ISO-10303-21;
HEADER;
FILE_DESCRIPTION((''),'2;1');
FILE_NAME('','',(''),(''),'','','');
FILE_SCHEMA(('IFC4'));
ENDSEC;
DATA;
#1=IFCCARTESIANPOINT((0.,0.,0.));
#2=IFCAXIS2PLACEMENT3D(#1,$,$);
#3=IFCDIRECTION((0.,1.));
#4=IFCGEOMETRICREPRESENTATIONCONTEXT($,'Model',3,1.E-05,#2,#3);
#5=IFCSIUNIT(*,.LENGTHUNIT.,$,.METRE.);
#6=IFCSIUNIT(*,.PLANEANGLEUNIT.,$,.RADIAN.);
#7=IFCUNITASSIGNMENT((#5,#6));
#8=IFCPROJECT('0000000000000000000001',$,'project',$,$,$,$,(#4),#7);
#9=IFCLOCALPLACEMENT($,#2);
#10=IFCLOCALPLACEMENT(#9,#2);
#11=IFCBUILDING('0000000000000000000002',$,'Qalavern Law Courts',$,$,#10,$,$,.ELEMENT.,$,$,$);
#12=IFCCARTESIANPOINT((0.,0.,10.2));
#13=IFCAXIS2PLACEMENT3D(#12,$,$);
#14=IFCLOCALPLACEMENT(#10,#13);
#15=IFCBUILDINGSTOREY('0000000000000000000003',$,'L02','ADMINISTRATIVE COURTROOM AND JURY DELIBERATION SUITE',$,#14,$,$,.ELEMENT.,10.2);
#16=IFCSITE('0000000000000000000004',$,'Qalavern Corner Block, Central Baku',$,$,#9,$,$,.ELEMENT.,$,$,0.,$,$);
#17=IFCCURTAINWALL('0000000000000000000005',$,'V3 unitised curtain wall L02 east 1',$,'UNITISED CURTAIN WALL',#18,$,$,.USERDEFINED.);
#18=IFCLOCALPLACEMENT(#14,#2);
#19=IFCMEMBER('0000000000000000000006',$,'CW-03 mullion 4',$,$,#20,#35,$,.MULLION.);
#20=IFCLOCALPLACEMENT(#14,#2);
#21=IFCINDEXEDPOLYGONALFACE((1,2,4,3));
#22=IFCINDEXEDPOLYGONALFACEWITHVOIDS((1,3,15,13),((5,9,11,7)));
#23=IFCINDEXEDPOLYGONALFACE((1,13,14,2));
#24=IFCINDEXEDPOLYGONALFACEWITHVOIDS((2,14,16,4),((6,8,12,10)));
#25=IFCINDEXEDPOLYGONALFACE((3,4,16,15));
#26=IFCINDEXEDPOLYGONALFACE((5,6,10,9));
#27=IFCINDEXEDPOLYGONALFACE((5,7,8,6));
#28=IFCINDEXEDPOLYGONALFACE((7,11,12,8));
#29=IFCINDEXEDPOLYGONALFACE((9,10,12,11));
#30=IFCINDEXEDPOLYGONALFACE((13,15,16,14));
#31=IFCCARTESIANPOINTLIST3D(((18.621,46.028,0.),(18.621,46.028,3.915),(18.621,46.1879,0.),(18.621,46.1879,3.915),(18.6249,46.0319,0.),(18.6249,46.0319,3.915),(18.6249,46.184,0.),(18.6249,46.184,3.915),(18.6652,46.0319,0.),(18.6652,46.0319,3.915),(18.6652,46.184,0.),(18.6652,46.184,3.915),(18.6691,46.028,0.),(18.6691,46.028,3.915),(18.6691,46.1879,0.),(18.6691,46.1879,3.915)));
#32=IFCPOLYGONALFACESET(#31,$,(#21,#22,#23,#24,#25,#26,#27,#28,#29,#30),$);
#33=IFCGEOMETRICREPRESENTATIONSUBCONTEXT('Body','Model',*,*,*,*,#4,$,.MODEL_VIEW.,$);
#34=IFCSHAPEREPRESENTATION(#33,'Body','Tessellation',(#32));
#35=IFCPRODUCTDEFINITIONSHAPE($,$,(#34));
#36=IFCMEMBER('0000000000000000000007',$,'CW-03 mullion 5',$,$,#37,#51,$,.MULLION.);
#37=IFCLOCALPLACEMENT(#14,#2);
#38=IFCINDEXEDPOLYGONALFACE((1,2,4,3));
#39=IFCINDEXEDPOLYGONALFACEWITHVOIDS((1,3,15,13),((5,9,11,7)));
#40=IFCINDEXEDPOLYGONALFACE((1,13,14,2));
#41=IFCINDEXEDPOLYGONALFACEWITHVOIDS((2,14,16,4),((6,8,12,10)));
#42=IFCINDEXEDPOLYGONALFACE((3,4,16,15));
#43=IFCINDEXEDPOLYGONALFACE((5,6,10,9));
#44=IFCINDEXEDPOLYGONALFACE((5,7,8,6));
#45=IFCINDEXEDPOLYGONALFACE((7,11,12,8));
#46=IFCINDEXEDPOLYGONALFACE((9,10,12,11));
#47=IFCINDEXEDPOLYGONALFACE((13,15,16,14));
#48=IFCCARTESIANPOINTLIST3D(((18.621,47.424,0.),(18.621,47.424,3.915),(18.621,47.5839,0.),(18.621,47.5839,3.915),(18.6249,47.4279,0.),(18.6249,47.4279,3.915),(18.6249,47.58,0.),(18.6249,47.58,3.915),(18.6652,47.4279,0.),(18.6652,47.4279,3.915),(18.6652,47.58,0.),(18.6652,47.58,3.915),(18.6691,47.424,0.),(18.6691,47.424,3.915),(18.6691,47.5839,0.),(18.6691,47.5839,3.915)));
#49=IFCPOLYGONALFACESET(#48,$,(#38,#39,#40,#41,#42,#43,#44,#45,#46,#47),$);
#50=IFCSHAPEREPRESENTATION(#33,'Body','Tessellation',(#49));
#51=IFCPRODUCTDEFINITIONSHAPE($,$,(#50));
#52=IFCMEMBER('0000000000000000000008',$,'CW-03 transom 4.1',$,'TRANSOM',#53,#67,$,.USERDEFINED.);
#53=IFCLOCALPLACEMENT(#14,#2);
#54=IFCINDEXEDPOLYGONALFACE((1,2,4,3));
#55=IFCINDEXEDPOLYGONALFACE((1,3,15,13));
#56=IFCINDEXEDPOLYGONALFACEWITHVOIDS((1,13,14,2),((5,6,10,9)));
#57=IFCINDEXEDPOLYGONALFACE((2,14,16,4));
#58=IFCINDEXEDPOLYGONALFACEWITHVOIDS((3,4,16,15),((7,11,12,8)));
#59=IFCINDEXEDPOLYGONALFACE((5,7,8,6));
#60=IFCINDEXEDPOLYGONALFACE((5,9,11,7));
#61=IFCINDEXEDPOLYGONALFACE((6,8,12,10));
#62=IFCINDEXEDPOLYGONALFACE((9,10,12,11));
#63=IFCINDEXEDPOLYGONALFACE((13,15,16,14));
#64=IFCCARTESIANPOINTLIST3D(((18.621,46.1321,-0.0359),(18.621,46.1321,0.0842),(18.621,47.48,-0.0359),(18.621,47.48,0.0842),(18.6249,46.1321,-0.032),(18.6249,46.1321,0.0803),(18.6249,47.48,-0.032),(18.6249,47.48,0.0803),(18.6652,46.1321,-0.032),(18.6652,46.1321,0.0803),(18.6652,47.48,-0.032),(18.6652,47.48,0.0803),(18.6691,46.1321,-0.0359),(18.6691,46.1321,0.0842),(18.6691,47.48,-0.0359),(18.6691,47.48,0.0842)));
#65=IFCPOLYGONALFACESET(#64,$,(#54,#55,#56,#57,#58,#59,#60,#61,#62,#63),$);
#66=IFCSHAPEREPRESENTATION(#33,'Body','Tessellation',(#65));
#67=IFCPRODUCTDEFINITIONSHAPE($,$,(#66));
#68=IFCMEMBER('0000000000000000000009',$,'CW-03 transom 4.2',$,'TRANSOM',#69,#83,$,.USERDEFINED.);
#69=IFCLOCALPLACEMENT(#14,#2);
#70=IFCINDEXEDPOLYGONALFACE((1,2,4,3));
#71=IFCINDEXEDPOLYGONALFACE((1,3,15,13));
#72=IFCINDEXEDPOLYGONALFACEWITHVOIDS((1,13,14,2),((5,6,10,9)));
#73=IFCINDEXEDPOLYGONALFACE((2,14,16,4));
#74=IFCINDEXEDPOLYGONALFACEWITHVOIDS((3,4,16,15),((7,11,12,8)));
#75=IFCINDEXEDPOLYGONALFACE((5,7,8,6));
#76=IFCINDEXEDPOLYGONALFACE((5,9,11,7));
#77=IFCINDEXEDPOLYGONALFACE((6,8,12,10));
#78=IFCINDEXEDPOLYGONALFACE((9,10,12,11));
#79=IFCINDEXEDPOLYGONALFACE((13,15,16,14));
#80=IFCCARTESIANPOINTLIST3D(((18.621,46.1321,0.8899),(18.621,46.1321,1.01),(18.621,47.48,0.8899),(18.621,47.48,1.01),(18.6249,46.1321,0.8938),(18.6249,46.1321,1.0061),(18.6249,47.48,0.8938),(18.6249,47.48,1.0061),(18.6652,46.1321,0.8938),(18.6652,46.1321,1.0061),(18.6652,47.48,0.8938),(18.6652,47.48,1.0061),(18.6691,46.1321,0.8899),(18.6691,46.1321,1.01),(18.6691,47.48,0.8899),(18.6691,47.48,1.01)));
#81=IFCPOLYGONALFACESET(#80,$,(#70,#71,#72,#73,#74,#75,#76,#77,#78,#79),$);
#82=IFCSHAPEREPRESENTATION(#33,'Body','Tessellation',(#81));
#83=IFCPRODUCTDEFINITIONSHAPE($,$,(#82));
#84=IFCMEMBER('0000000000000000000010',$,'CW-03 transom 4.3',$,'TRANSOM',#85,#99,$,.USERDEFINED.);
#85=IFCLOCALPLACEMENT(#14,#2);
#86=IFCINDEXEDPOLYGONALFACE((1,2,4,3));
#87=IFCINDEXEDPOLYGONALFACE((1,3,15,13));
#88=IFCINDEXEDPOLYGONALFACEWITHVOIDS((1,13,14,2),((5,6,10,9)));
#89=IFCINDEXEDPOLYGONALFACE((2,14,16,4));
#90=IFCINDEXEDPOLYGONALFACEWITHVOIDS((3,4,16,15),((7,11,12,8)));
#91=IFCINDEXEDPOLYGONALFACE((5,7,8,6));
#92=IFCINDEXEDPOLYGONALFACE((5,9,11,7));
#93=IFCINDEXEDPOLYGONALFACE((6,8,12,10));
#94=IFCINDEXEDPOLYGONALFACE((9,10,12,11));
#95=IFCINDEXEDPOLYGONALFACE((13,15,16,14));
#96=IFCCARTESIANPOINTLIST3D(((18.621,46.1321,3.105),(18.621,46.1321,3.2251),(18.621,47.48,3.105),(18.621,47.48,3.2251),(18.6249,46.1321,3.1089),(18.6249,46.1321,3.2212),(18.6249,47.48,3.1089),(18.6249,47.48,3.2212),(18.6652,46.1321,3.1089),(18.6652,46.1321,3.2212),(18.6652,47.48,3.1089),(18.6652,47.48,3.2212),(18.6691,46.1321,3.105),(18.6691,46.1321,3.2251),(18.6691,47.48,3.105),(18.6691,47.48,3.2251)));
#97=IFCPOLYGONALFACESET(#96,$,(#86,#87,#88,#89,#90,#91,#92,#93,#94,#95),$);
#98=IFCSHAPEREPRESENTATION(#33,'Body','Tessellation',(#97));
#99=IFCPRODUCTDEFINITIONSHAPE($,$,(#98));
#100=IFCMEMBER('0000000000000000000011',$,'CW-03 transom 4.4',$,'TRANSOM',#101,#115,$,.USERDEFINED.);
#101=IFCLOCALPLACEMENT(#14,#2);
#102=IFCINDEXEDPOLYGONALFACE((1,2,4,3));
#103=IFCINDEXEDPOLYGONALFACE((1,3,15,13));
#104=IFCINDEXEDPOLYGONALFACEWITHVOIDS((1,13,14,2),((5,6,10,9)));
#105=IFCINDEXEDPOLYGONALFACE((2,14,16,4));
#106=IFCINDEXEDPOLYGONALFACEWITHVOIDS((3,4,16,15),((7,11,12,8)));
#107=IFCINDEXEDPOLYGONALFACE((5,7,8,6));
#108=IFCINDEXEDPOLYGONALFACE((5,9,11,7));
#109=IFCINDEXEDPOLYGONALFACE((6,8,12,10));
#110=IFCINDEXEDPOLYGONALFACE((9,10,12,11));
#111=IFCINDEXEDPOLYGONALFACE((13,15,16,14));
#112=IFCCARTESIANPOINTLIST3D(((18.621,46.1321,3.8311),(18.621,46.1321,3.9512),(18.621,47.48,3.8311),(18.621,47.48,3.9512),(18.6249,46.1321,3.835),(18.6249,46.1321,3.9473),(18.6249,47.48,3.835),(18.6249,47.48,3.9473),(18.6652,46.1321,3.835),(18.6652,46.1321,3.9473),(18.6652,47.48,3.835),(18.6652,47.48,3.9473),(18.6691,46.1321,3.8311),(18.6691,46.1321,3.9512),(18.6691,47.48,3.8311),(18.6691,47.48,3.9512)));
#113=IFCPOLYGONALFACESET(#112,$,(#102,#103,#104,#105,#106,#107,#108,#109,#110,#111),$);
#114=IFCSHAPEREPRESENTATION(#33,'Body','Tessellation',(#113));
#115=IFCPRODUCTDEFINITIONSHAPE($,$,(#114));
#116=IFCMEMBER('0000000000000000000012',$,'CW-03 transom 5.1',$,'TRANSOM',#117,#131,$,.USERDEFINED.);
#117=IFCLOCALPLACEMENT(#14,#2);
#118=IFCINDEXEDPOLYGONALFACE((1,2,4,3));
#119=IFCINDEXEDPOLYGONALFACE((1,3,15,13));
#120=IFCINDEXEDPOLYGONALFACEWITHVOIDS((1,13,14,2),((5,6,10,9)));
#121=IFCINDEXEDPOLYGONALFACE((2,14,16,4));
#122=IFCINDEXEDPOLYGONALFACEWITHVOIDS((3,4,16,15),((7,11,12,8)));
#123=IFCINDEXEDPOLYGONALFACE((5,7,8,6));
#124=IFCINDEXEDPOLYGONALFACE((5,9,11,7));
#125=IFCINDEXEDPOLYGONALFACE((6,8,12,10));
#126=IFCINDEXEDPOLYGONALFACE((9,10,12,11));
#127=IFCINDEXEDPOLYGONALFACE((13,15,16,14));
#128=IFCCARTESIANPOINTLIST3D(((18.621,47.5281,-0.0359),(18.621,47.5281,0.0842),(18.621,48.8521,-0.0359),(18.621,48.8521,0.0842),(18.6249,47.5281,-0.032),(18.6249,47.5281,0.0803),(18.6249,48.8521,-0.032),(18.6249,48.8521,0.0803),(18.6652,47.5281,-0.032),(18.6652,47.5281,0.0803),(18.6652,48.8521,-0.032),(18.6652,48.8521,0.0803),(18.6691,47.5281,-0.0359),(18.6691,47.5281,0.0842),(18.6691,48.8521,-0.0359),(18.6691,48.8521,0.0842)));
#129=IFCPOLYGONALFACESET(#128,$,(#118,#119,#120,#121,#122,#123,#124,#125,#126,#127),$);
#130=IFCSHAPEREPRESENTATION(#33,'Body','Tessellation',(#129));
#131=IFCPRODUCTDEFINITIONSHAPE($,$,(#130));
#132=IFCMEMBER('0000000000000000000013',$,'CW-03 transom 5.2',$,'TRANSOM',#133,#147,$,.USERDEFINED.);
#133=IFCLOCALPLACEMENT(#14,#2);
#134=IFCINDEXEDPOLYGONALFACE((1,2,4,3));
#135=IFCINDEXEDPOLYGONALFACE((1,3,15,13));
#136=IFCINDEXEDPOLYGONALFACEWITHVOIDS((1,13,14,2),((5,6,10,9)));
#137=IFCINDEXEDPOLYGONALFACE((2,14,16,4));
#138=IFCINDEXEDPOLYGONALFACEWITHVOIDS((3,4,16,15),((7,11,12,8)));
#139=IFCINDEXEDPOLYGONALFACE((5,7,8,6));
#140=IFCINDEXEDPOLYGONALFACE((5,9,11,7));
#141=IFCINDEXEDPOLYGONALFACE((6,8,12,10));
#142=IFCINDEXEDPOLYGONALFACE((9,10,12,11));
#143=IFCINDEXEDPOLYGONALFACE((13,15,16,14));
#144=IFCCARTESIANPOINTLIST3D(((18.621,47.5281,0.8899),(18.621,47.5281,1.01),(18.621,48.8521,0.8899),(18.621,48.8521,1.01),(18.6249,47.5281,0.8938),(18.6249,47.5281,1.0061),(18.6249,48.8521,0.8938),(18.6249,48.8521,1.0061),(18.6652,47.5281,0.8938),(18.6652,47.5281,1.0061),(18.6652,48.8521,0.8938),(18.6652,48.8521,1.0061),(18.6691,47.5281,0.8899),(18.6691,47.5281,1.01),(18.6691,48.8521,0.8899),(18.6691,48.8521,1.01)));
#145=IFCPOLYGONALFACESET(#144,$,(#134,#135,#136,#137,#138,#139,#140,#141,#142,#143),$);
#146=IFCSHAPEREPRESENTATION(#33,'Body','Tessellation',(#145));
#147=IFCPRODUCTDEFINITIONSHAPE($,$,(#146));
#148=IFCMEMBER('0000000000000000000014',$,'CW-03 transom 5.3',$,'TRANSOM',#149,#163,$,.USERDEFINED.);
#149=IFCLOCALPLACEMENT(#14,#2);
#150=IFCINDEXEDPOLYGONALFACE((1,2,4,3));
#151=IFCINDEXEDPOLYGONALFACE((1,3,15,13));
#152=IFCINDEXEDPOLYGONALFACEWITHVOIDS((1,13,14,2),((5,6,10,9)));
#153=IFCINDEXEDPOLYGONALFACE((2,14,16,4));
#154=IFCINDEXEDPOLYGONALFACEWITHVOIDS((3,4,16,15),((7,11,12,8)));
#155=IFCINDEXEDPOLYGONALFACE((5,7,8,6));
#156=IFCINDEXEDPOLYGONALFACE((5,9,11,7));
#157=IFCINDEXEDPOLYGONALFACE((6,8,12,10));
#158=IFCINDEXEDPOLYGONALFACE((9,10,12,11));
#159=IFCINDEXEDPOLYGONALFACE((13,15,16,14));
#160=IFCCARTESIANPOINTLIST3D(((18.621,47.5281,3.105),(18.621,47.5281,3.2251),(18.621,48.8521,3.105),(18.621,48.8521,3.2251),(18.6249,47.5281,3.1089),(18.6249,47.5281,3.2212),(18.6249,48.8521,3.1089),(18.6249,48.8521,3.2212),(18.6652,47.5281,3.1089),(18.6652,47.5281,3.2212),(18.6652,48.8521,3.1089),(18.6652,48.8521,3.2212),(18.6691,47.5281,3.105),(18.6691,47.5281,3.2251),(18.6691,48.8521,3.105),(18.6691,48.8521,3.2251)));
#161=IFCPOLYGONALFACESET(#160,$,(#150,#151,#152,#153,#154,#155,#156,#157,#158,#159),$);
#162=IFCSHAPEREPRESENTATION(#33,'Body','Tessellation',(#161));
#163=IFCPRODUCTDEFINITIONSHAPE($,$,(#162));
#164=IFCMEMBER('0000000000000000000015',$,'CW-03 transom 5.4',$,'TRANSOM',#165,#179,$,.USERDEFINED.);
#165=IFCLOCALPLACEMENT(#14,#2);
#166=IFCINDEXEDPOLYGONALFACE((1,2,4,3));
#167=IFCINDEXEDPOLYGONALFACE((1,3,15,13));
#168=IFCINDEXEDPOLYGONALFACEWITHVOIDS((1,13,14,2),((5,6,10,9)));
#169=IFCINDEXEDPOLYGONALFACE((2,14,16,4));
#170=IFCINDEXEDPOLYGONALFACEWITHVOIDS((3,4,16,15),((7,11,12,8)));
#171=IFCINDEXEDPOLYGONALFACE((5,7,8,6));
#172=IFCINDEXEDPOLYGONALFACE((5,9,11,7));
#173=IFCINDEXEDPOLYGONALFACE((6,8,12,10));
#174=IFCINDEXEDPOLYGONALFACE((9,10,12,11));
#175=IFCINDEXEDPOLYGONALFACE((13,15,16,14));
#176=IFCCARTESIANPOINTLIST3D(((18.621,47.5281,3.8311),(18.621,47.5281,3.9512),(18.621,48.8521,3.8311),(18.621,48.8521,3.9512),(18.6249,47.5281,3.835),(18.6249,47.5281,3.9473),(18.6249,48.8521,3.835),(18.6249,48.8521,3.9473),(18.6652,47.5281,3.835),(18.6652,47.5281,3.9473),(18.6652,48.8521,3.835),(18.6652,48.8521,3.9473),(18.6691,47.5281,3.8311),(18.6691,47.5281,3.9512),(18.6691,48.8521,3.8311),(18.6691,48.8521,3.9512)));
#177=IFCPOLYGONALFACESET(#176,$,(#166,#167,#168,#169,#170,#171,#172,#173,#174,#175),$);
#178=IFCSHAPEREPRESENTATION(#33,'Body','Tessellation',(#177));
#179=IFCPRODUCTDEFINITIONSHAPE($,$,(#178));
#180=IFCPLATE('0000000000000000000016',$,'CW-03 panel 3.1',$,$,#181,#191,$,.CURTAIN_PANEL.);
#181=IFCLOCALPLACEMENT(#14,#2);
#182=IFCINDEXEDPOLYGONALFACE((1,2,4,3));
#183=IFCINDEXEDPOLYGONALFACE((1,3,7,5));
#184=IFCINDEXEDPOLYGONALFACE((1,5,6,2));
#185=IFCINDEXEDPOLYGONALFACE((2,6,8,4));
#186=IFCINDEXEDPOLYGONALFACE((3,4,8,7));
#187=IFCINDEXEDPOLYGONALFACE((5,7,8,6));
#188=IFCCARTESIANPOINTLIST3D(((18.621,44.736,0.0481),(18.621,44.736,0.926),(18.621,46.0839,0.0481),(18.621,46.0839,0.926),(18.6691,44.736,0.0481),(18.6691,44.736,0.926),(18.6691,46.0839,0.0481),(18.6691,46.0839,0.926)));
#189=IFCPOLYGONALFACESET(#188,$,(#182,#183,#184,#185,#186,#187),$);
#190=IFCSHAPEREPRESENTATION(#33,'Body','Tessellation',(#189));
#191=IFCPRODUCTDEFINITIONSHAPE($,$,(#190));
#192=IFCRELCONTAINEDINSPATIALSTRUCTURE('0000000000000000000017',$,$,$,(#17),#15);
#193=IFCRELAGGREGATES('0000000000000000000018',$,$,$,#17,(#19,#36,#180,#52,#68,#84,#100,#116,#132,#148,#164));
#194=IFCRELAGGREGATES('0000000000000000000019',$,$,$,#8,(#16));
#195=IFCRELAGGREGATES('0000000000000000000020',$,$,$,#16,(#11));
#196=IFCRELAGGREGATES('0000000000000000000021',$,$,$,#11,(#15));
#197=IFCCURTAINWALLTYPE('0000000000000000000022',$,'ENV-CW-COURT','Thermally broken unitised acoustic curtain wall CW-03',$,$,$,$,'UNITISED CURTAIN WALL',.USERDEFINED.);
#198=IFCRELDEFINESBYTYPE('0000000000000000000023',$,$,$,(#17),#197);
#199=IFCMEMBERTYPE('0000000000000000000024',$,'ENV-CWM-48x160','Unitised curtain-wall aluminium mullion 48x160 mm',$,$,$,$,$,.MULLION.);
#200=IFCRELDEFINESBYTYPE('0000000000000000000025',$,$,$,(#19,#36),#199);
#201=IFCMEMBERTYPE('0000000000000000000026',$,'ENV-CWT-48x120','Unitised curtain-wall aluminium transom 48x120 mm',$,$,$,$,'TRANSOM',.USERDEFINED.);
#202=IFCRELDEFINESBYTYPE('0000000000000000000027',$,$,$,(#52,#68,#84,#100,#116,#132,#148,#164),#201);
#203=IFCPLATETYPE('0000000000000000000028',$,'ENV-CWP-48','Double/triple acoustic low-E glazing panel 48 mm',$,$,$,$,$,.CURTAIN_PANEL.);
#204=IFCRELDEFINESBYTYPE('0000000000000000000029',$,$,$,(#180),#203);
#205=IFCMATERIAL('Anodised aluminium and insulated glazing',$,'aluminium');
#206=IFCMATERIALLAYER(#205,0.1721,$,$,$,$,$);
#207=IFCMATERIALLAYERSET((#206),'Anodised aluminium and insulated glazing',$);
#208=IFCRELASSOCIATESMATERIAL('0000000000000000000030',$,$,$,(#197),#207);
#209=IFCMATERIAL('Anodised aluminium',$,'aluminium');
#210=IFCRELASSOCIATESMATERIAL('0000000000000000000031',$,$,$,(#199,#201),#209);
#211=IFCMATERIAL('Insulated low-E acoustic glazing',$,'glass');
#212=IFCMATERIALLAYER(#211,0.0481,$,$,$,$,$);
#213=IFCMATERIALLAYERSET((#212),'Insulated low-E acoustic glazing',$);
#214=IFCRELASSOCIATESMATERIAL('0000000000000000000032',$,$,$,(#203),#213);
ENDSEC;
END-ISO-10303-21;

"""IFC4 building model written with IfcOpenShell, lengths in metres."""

from ifc_helpers import new_model, si_unit, direction, frame, origin, origin_2d, place, context, subcontext, project, spatial, rectangle, hollow_rectangle, extrude, material, layer, layer_set, material_profile, profile_set, type_object, element, aggregate, save


model = new_model("IFC4")

# Units and contexts
model_context = context("Model", 3, precision=1e-05, world=origin(), true_north=direction((0.0, 1.0)))
body_context = subcontext(model_context, "Body", "Model", "MODEL_VIEW")
ifc_project = project(units=[si_unit("LENGTHUNIT", "METRE"), si_unit("PLANEANGLEUNIT", "RADIAN")], contexts=[model_context])

# Site, building, storey
site_placement = place(None, origin())
site = spatial("IfcSite", under=ifc_project, at=site_placement, Name="Qalavern Corner Block, Central Baku", CompositionType="ELEMENT", RefElevation=0.0)
building_placement = place(site_placement, origin())
building = spatial("IfcBuilding", under=site, at=building_placement, Name="Qalavern Law Courts", CompositionType="ELEMENT")
storey_placement = place(building_placement, frame((0.0, 0.0, 10.2)))
storey = spatial("IfcBuildingStorey", under=building, at=storey_placement, Name="L02", Description="ADMINISTRATIVE COURTROOM AND JURY DELIBERATION SUITE", CompositionType="ELEMENT", Elevation=10.2)

# Curtain wall, members, plate
ifc_material_1 = material(Name="Anodised aluminium and insulated glazing", Category="aluminium")
ifc_layer_1 = layer(ifc_material_1, 0.1721)
ifc_layer_set_1 = layer_set([ifc_layer_1], Name="Anodised aluminium and insulated glazing")
curtain_wall_type = type_object("IfcCurtainWallType", Name="ENV-CW-COURT", Description="Thermally broken unitised acoustic curtain wall CW-03", ElementType="UNITISED CURTAIN WALL", PredefinedType="USERDEFINED", material=ifc_layer_set_1)
curtain_wall_placement = place(storey_placement, origin())
curtain_wall = element("IfcCurtainWall", 1, at=curtain_wall_placement, inside=storey, type_object=curtain_wall_type, Name="V3 unitised curtain wall L02 east 1", ObjectType="UNITISED CURTAIN WALL", PredefinedType="USERDEFINED")
ifc_material_2 = material(Name="Anodised aluminium", Category="aluminium")
ifc_material_profile_1 = material_profile(ifc_material_2, hollow_rectangle(XDim=0.0481, YDim=0.1599, WallThickness=0.0039, at=origin_2d()), Name="ALU MULLION 48x160")
ifc_profile_set_1 = profile_set([ifc_material_profile_1], Name="Anodised aluminium")
member_type_1 = type_object("IfcMemberType", Name="ENV-CWM-48x160", Description="Unitised curtain-wall aluminium mullion 48x160 mm", PredefinedType="MULLION", material=ifc_profile_set_1)
member_1_placement = place(storey_placement, frame((18.645, 46.1079, 0.0), z_axis=(0.0, 0.0, 1.0), x_axis=(-1.0, 0.0, 0.0)))
member_1 = element("IfcMember", 2, at=member_1_placement, type_object=member_type_1, Name="CW-03 mullion 4", PredefinedType="MULLION", context=body_context, shape_type="SweptSolid", body=[
    extrude(hollow_rectangle(XDim=0.0481, YDim=0.1599, WallThickness=0.0039, at=origin_2d()), origin(), (0.0, 0.0, 1.0), 3.915),
])
member_2_placement = place(storey_placement, frame((18.645, 47.5039, 0.0), z_axis=(0.0, 0.0, 1.0), x_axis=(-1.0, 0.0, 0.0)))
member_2 = element("IfcMember", 3, at=member_2_placement, type_object=member_type_1, Name="CW-03 mullion 5", PredefinedType="MULLION", context=body_context, shape_type="SweptSolid", body=[
    extrude(hollow_rectangle(XDim=0.0481, YDim=0.1599, WallThickness=0.0039, at=origin_2d()), origin(), (0.0, 0.0, 1.0), 3.915),
])
ifc_material_profile_2 = material_profile(ifc_material_2, hollow_rectangle(XDim=0.0481, YDim=0.1201, WallThickness=0.0039, at=origin_2d()), Name="ALU TRANSOM 48x120")
ifc_profile_set_2 = profile_set([ifc_material_profile_2], Name="Anodised aluminium")
member_type_2 = type_object("IfcMemberType", Name="ENV-CWT-48x120", Description="Unitised curtain-wall aluminium transom 48x120 mm", ElementType="TRANSOM", PredefinedType="USERDEFINED", material=ifc_profile_set_2)
member_3_placement = place(storey_placement, frame((18.645, 46.1321, 0.0242), z_axis=(0.0, 1.0, 0.0), x_axis=(-1.0, 0.0, 0.0)))
member_3 = element("IfcMember", 4, at=member_3_placement, type_object=member_type_2, Name="CW-03 transom 4.1", ObjectType="TRANSOM", PredefinedType="USERDEFINED", context=body_context, shape_type="SweptSolid", body=[
    extrude(hollow_rectangle(XDim=0.0481, YDim=0.1201, WallThickness=0.0039, at=origin_2d()), origin(), (0.0, 0.0, 1.0), 1.3479),
])
member_4_placement = place(storey_placement, frame((18.645, 46.1321, 0.95), z_axis=(0.0, 1.0, 0.0), x_axis=(-1.0, 0.0, 0.0)))
member_4 = element("IfcMember", 5, at=member_4_placement, type_object=member_type_2, Name="CW-03 transom 4.2", ObjectType="TRANSOM", PredefinedType="USERDEFINED", context=body_context, shape_type="SweptSolid", body=[
    extrude(hollow_rectangle(XDim=0.0481, YDim=0.1201, WallThickness=0.0039, at=origin_2d()), origin(), (0.0, 0.0, 1.0), 1.3479),
])
member_5_placement = place(storey_placement, frame((18.645, 46.1321, 3.165), z_axis=(0.0, 1.0, 0.0), x_axis=(-1.0, 0.0, 0.0)))
member_5 = element("IfcMember", 6, at=member_5_placement, type_object=member_type_2, Name="CW-03 transom 4.3", ObjectType="TRANSOM", PredefinedType="USERDEFINED", context=body_context, shape_type="SweptSolid", body=[
    extrude(hollow_rectangle(XDim=0.0481, YDim=0.1201, WallThickness=0.0039, at=origin_2d()), origin(), (0.0, 0.0, 1.0), 1.3479),
])
member_6_placement = place(storey_placement, frame((18.645, 46.1321, 3.8911), z_axis=(0.0, 1.0, 0.0), x_axis=(-1.0, 0.0, 0.0)))
member_6 = element("IfcMember", 7, at=member_6_placement, type_object=member_type_2, Name="CW-03 transom 4.4", ObjectType="TRANSOM", PredefinedType="USERDEFINED", context=body_context, shape_type="SweptSolid", body=[
    extrude(hollow_rectangle(XDim=0.0481, YDim=0.1201, WallThickness=0.0039, at=origin_2d()), origin(), (0.0, 0.0, 1.0), 1.3479),
])
member_7_placement = place(storey_placement, frame((18.645, 47.5281, 0.0242), z_axis=(0.0, 1.0, 0.0), x_axis=(-1.0, 0.0, 0.0)))
member_7 = element("IfcMember", 8, at=member_7_placement, type_object=member_type_2, Name="CW-03 transom 5.1", ObjectType="TRANSOM", PredefinedType="USERDEFINED", context=body_context, shape_type="SweptSolid", body=[
    extrude(hollow_rectangle(XDim=0.0481, YDim=0.1201, WallThickness=0.0039, at=origin_2d()), origin(), (0.0, 0.0, 1.0), 1.324),
])
member_8_placement = place(storey_placement, frame((18.645, 47.5281, 0.95), z_axis=(0.0, 1.0, 0.0), x_axis=(-1.0, 0.0, 0.0)))
member_8 = element("IfcMember", 9, at=member_8_placement, type_object=member_type_2, Name="CW-03 transom 5.2", ObjectType="TRANSOM", PredefinedType="USERDEFINED", context=body_context, shape_type="SweptSolid", body=[
    extrude(hollow_rectangle(XDim=0.0481, YDim=0.1201, WallThickness=0.0039, at=origin_2d()), origin(), (0.0, 0.0, 1.0), 1.324),
])
member_9_placement = place(storey_placement, frame((18.645, 47.5281, 3.165), z_axis=(0.0, 1.0, 0.0), x_axis=(-1.0, 0.0, 0.0)))
member_9 = element("IfcMember", 10, at=member_9_placement, type_object=member_type_2, Name="CW-03 transom 5.3", ObjectType="TRANSOM", PredefinedType="USERDEFINED", context=body_context, shape_type="SweptSolid", body=[
    extrude(hollow_rectangle(XDim=0.0481, YDim=0.1201, WallThickness=0.0039, at=origin_2d()), origin(), (0.0, 0.0, 1.0), 1.324),
])
member_10_placement = place(storey_placement, frame((18.645, 47.5281, 3.8911), z_axis=(0.0, 1.0, 0.0), x_axis=(-1.0, 0.0, 0.0)))
member_10 = element("IfcMember", 11, at=member_10_placement, type_object=member_type_2, Name="CW-03 transom 5.4", ObjectType="TRANSOM", PredefinedType="USERDEFINED", context=body_context, shape_type="SweptSolid", body=[
    extrude(hollow_rectangle(XDim=0.0481, YDim=0.1201, WallThickness=0.0039, at=origin_2d()), origin(), (0.0, 0.0, 1.0), 1.324),
])
ifc_material_3 = material(Name="Insulated low-E acoustic glazing", Category="glass")
ifc_layer_2 = layer(ifc_material_3, 0.0481)
ifc_layer_set_2 = layer_set([ifc_layer_2], Name="Insulated low-E acoustic glazing")
plate_type = type_object("IfcPlateType", Name="ENV-CWP-48", Description="Double/triple acoustic low-E glazing panel 48 mm", PredefinedType="CURTAIN_PANEL", material=ifc_layer_set_2)
plate_1_placement = place(storey_placement, frame((18.645, 45.4099, 0.0481), z_axis=(0.0, 0.0, 1.0), x_axis=(0.0, 1.0, 0.0)))
plate_1 = element("IfcPlate", 12, at=plate_1_placement, type_object=plate_type, Name="CW-03 panel 3.1", PredefinedType="CURTAIN_PANEL", context=body_context, shape_type="SweptSolid", body=[
    extrude(rectangle(XDim=1.3479, YDim=0.0481, at=origin_2d()), origin(), (0.0, 0.0, 1.0), 0.8779),
])
aggregate(curtain_wall, [member_1, member_2, plate_1, member_3, member_4, member_5, member_6, member_7, member_8, member_9, member_10])

save(model, "model.ifc")
